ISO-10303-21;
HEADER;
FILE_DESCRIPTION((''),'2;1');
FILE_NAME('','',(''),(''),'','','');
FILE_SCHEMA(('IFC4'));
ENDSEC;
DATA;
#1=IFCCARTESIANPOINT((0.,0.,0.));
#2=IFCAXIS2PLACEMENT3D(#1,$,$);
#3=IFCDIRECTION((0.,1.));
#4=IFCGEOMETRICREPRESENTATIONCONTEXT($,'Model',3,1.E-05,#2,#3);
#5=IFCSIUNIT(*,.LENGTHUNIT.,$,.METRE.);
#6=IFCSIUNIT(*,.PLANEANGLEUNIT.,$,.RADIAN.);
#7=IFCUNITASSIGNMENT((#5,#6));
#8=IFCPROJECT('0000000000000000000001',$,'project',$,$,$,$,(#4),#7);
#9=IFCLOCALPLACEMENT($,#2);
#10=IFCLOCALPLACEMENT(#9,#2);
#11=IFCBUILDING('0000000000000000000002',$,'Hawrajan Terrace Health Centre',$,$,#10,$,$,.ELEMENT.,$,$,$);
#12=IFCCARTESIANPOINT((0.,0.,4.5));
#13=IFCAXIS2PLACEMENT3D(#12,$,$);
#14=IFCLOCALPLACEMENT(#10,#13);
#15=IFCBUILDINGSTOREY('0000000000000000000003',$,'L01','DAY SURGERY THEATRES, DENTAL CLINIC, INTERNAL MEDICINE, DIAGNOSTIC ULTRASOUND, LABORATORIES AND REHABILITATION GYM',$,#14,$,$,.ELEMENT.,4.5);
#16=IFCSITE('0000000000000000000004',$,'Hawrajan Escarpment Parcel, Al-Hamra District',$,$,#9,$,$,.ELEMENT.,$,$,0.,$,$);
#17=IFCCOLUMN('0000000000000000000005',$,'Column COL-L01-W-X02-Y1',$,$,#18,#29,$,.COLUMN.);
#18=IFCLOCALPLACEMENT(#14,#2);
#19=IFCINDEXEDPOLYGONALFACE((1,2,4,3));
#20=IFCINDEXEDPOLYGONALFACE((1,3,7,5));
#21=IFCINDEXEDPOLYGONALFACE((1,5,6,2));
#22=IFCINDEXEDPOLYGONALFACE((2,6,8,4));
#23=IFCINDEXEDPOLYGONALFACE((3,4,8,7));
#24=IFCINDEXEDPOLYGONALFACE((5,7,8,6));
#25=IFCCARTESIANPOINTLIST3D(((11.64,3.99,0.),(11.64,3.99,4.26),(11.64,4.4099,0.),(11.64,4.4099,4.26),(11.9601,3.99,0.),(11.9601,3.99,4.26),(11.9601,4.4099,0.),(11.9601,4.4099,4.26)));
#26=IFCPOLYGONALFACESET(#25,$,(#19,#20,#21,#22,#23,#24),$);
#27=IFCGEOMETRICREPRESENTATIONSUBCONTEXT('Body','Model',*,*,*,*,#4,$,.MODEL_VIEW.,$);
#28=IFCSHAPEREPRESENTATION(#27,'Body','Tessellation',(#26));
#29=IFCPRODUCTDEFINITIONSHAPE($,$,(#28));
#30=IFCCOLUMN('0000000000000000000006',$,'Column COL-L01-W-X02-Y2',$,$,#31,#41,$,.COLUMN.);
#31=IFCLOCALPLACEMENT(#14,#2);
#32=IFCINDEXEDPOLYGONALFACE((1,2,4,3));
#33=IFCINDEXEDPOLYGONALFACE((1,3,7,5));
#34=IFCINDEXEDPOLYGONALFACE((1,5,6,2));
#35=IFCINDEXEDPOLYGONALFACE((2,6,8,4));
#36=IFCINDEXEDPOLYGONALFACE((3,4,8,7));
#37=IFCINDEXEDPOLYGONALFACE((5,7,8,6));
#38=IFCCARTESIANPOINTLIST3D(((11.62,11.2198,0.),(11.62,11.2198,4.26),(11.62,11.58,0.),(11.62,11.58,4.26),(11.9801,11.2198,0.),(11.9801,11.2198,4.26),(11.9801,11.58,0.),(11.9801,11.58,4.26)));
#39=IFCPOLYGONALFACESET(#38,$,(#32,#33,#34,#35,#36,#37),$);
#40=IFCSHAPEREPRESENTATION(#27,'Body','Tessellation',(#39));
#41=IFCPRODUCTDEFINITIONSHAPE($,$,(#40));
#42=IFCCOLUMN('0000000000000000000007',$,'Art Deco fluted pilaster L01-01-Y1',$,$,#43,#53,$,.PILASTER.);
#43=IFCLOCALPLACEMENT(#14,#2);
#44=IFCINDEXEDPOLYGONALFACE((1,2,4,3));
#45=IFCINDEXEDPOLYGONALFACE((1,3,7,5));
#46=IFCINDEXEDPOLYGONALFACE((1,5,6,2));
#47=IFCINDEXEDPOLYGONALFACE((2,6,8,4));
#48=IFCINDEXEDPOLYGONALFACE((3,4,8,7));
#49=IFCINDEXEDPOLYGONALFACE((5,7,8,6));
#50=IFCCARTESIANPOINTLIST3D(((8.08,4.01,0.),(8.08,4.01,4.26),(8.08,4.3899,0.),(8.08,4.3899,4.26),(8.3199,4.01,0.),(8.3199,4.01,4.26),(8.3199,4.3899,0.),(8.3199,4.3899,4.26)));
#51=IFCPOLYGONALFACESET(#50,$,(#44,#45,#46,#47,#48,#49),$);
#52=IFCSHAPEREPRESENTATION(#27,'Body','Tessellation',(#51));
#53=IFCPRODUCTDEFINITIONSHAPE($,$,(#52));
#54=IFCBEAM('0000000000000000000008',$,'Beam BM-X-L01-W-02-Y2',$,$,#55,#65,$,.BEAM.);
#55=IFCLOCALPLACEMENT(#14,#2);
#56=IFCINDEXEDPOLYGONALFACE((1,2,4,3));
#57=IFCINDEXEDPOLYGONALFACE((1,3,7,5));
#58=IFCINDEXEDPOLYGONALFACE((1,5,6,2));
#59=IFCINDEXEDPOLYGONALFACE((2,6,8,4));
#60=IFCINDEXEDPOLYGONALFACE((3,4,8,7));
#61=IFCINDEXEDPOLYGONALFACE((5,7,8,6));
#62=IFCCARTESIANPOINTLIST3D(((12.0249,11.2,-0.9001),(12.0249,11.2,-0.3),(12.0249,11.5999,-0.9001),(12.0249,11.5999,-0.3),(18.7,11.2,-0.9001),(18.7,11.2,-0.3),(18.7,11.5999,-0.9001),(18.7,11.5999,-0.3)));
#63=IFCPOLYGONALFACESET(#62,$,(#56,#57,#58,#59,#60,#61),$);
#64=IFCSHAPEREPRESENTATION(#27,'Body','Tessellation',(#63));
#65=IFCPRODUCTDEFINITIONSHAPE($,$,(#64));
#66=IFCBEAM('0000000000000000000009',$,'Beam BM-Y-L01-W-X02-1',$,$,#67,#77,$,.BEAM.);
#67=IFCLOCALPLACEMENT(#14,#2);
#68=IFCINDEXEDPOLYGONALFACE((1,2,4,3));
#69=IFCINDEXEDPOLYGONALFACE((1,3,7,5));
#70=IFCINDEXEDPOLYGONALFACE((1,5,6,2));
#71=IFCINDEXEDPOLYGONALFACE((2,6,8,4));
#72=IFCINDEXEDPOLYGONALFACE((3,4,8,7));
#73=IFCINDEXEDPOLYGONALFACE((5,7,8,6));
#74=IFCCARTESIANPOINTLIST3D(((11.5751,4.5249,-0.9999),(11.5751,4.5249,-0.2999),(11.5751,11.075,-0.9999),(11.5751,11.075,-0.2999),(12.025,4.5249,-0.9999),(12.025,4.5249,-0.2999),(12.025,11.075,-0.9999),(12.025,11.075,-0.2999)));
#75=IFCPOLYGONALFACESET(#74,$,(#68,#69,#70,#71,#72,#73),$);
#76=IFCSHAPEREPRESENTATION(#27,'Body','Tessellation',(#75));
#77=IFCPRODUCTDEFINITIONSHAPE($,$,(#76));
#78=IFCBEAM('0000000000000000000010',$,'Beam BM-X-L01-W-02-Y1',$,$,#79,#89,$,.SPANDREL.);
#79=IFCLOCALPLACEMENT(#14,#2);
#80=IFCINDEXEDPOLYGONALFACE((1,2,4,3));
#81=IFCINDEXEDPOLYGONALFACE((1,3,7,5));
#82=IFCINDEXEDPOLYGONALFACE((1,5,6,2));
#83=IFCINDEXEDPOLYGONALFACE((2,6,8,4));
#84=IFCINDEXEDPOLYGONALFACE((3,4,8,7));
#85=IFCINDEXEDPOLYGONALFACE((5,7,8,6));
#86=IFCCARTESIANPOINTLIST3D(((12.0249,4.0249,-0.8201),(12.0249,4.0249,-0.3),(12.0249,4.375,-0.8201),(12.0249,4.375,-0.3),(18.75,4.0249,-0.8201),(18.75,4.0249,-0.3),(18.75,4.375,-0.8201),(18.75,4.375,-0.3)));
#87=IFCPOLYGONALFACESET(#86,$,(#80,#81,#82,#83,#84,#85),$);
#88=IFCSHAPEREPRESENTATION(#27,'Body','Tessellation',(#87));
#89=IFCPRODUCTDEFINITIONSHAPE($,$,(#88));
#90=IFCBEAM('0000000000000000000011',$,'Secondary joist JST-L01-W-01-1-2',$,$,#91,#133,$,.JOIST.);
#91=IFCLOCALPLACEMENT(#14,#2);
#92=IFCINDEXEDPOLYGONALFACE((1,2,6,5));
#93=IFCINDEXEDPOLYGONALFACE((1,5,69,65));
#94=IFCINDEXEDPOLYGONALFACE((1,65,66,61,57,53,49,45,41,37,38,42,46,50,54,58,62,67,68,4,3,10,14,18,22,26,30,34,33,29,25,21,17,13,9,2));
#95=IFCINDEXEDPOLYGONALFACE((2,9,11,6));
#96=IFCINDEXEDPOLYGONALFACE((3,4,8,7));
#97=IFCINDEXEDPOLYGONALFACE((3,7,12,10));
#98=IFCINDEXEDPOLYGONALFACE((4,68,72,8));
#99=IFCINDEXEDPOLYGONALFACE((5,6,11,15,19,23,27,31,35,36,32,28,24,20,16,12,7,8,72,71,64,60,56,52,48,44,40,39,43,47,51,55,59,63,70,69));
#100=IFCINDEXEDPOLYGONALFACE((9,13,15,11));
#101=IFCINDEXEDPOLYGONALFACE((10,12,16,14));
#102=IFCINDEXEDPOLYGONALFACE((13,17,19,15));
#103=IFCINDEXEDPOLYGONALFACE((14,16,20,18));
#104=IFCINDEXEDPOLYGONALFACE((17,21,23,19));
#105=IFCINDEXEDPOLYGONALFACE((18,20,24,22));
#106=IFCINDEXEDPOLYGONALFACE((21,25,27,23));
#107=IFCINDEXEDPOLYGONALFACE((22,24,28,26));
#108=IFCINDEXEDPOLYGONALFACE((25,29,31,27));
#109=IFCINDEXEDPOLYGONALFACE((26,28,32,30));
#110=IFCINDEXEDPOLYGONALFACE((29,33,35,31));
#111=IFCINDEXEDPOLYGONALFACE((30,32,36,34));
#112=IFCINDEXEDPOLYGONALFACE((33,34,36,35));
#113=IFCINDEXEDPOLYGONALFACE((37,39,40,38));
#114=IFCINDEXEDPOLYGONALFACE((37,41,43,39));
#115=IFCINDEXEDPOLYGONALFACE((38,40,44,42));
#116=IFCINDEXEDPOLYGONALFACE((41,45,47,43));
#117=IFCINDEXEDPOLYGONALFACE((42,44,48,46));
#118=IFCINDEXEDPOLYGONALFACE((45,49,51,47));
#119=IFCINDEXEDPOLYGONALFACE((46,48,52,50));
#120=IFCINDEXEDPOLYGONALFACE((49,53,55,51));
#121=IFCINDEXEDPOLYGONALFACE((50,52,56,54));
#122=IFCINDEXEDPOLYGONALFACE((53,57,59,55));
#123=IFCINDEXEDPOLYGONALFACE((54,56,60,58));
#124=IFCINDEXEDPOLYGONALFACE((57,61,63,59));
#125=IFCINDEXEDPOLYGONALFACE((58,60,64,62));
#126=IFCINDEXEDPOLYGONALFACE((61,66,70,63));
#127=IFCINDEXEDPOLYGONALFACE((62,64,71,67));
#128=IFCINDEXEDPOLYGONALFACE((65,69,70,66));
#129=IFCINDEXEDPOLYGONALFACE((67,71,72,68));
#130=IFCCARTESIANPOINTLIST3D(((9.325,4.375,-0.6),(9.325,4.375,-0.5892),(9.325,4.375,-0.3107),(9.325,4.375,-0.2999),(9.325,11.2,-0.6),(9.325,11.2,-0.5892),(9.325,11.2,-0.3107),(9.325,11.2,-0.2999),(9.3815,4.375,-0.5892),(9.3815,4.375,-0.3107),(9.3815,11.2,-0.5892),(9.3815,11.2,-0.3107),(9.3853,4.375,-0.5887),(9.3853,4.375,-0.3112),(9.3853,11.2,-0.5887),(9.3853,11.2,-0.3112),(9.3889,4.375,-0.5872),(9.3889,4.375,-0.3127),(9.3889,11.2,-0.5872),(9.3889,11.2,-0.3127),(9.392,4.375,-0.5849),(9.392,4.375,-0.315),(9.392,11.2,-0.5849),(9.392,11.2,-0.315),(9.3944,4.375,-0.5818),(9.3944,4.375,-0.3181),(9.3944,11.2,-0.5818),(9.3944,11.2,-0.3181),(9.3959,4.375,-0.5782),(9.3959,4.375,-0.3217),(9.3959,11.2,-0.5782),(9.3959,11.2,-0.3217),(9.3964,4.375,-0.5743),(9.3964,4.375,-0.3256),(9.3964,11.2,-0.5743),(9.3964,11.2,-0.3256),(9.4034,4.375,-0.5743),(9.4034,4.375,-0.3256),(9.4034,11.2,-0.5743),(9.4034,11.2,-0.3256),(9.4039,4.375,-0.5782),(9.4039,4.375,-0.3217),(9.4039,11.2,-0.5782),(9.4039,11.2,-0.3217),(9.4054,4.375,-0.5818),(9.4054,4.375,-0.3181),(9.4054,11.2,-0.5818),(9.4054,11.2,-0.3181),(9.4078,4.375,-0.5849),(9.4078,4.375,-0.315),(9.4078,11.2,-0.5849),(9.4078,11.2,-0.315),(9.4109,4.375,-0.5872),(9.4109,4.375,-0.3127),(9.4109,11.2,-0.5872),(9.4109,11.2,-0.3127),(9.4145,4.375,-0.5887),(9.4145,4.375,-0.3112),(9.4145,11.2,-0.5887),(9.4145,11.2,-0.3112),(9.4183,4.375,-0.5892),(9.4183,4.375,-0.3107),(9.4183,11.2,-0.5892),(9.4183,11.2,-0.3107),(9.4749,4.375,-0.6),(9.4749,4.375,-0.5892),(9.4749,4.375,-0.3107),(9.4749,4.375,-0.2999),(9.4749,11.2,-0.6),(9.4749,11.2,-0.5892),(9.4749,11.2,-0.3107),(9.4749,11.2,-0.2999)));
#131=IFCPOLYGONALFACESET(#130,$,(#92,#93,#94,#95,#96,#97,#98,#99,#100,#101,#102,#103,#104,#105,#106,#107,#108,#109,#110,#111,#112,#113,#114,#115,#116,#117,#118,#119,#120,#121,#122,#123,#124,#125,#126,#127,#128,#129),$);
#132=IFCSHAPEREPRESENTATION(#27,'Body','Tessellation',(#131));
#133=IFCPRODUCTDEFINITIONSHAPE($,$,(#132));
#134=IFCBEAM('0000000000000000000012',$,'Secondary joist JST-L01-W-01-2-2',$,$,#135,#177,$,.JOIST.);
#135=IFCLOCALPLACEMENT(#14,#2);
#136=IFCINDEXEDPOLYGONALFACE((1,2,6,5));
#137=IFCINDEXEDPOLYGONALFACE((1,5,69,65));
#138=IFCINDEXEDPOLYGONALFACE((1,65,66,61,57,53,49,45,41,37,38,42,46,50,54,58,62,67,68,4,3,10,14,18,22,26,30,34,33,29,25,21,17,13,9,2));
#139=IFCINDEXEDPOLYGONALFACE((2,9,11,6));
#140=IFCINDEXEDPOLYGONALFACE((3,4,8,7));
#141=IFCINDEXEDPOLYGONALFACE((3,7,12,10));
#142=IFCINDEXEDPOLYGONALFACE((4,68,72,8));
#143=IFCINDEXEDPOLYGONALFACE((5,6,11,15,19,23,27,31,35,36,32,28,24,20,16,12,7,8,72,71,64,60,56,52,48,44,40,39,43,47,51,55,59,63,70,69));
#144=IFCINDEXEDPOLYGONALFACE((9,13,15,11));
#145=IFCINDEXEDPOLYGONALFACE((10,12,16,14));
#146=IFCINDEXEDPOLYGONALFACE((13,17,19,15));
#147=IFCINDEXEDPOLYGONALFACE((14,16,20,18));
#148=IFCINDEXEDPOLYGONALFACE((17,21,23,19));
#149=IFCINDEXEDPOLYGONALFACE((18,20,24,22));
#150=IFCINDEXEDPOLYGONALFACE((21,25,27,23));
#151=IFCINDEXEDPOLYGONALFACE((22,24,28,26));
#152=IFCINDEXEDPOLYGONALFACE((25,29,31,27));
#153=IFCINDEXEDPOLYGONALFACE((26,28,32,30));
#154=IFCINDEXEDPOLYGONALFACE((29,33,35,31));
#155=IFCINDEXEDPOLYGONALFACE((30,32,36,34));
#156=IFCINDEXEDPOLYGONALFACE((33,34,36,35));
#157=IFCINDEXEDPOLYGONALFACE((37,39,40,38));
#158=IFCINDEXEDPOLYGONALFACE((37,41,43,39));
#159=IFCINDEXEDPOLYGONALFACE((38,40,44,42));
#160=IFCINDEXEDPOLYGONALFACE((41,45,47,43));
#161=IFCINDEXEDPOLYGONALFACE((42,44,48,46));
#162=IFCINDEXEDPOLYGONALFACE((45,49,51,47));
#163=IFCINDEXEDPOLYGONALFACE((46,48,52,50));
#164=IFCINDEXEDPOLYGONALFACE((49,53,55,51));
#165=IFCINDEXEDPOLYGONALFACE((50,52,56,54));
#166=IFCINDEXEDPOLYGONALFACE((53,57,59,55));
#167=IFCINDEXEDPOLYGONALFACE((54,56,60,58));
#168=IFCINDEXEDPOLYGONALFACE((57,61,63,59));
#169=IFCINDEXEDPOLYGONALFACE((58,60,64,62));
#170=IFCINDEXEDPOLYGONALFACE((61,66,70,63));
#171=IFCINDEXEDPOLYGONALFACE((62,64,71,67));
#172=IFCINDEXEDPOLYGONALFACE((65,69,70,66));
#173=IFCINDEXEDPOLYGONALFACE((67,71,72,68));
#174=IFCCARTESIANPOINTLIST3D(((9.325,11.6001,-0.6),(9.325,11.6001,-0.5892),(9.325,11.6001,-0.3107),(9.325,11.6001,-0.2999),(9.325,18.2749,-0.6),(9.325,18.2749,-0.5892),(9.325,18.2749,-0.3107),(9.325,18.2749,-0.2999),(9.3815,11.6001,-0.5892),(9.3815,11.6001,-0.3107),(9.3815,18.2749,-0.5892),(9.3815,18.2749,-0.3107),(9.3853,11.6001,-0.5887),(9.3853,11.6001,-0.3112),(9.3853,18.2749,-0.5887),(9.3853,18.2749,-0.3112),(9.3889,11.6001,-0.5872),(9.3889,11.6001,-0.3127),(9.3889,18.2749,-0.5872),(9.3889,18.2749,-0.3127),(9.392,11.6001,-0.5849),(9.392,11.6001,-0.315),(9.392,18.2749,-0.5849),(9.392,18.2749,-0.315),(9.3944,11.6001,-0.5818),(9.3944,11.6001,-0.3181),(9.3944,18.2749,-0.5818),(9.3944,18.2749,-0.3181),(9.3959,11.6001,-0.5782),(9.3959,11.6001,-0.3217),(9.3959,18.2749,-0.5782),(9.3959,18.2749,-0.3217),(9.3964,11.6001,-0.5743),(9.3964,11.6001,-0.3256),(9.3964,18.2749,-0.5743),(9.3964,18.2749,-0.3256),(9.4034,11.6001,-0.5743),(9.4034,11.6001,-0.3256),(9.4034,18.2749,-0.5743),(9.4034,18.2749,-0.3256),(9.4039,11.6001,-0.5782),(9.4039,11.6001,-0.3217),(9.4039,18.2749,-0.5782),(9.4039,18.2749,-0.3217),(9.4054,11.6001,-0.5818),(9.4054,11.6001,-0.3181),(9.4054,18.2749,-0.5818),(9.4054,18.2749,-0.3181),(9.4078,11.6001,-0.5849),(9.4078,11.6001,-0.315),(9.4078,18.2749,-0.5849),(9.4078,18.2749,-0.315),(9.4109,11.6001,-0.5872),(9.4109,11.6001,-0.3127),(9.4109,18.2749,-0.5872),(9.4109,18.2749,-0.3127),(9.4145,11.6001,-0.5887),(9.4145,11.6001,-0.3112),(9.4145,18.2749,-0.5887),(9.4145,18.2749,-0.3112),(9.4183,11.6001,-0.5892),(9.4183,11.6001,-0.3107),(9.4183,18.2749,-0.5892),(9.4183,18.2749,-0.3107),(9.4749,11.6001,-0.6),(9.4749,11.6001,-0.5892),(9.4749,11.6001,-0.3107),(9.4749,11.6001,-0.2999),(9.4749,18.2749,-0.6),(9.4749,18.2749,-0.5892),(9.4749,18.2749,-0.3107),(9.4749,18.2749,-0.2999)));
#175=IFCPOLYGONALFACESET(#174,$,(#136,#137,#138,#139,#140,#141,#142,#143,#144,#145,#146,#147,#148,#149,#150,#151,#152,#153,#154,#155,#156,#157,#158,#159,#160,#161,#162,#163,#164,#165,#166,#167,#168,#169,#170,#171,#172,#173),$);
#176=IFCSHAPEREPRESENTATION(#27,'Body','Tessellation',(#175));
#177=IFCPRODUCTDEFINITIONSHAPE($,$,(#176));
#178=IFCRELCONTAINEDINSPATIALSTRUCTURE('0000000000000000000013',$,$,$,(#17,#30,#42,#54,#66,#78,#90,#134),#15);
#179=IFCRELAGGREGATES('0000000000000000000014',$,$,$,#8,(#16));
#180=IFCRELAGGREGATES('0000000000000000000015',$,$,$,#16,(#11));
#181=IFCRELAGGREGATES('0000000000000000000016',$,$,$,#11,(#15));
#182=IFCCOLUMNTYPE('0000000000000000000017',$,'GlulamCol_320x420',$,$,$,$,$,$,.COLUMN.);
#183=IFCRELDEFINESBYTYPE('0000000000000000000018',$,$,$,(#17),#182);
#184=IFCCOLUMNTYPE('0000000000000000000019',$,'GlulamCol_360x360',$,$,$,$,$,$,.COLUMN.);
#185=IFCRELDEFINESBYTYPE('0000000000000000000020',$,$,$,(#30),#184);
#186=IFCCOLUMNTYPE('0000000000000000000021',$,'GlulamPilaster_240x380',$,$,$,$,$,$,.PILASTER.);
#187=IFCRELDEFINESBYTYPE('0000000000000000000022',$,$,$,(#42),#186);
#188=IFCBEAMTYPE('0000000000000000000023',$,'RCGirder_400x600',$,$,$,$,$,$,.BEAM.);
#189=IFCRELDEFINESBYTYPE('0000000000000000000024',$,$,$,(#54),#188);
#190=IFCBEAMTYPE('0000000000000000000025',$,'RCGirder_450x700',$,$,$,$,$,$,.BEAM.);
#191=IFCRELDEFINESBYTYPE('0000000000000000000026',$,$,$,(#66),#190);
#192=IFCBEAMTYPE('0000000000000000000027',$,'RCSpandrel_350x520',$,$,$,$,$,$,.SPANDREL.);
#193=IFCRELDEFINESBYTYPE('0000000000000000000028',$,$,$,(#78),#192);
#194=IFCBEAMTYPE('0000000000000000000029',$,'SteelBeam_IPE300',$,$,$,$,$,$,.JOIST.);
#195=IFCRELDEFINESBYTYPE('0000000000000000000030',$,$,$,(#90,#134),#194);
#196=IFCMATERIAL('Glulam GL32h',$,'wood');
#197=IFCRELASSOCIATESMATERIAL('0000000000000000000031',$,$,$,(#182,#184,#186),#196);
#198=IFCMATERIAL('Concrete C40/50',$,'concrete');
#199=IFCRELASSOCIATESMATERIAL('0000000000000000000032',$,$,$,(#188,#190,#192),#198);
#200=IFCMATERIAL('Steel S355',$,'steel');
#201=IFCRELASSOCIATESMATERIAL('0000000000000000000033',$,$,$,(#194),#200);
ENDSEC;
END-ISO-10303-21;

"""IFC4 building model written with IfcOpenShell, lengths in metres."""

from ifc_helpers import new_model, si_unit, direction, frame, origin, origin_2d, place, context, subcontext, project, spatial, rectangle, i_section, extrude, material, material_profile, profile_set, type_object, element, save


model = new_model("IFC4")

# Units and contexts
model_context = context("Model", 3, precision=1e-05, world=origin(), true_north=direction((0.0, 1.0)))
body_context = subcontext(model_context, "Body", "Model", "MODEL_VIEW")
ifc_project = project(units=[si_unit("LENGTHUNIT", "METRE"), si_unit("PLANEANGLEUNIT", "RADIAN")], contexts=[model_context])

# Site, building, storey
site_placement = place(None, origin())
site = spatial("IfcSite", under=ifc_project, at=site_placement, Name="Hawrajan Escarpment Parcel, Al-Hamra District", CompositionType="ELEMENT", RefElevation=0.0)
building_placement = place(site_placement, origin())
building = spatial("IfcBuilding", under=site, at=building_placement, Name="Hawrajan Terrace Health Centre", CompositionType="ELEMENT")
storey_placement = place(building_placement, frame((0.0, 0.0, 4.5)))
storey = spatial("IfcBuildingStorey", under=building, at=storey_placement, Name="L01", Description="DAY SURGERY THEATRES, DENTAL CLINIC, INTERNAL MEDICINE, DIAGNOSTIC ULTRASOUND, LABORATORIES AND REHABILITATION GYM", CompositionType="ELEMENT", Elevation=4.5)

# Columns
ifc_material_1 = material(Name="Glulam GL32h", Category="wood")
ifc_material_profile_1 = material_profile(ifc_material_1, rectangle(XDim=0.3201, YDim=0.4199, at=origin_2d()), Name="GL 320x420")
ifc_profile_set_1 = profile_set([ifc_material_profile_1], Name="Glulam GL32h")
column_type_1 = type_object("IfcColumnType", Name="GlulamCol_320x420", PredefinedType="COLUMN", material=ifc_profile_set_1)
column_1_placement = place(storey_placement, frame((11.8, 4.2, 0.0), z_axis=(0.0, 0.0, 1.0), x_axis=(1.0, 0.0, 0.0)))
element("IfcColumn", 1, at=column_1_placement, inside=storey, type_object=column_type_1, Name="Column COL-L01-W-X02-Y1", PredefinedType="COLUMN", context=body_context, shape_type="SweptSolid", body=[
    extrude(rectangle(XDim=0.3201, YDim=0.4199, at=origin_2d()), origin(), (0.0, 0.0, 1.0), 4.26),
])
ifc_material_profile_2 = material_profile(ifc_material_1, rectangle(XDim=0.3601, YDim=0.3601, at=origin_2d()), Name="GL 360x360")
ifc_profile_set_2 = profile_set([ifc_material_profile_2], Name="Glulam GL32h")
column_type_2 = type_object("IfcColumnType", Name="GlulamCol_360x360", PredefinedType="COLUMN", material=ifc_profile_set_2)
column_2_placement = place(storey_placement, frame((11.8, 11.3999, 0.0), z_axis=(0.0, 0.0, 1.0), x_axis=(1.0, 0.0, 0.0)))
element("IfcColumn", 2, at=column_2_placement, inside=storey, type_object=column_type_2, Name="Column COL-L01-W-X02-Y2", PredefinedType="COLUMN", context=body_context, shape_type="SweptSolid", body=[
    extrude(rectangle(XDim=0.3601, YDim=0.3601, at=origin_2d()), origin(), (0.0, 0.0, 1.0), 4.26),
])
ifc_material_profile_3 = material_profile(ifc_material_1, rectangle(XDim=0.24, YDim=0.3799, at=origin_2d()), Name="GL PIL 240x380")
ifc_profile_set_3 = profile_set([ifc_material_profile_3], Name="Glulam GL32h")
column_type_3 = type_object("IfcColumnType", Name="GlulamPilaster_240x380", PredefinedType="PILASTER", material=ifc_profile_set_3)
column_3_placement = place(storey_placement, frame((8.2, 4.2, 0.0), z_axis=(0.0, 0.0, 1.0), x_axis=(1.0, 0.0, 0.0)))
element("IfcColumn", 3, at=column_3_placement, inside=storey, type_object=column_type_3, Name="Art Deco fluted pilaster L01-01-Y1", PredefinedType="PILASTER", context=body_context, shape_type="SweptSolid", body=[
    extrude(rectangle(XDim=0.24, YDim=0.3799, at=origin_2d()), origin(), (0.0, 0.0, 1.0), 4.26),
])

# Beams
ifc_material_2 = material(Name="Concrete C40/50", Category="concrete")
ifc_material_profile_4 = material_profile(ifc_material_2, rectangle(XDim=0.3999, YDim=0.6001, at=origin_2d()), Name="RC BM 400x600")
ifc_profile_set_4 = profile_set([ifc_material_profile_4], Name="Concrete C40/50")
beam_type_1 = type_object("IfcBeamType", Name="RCGirder_400x600", PredefinedType="BEAM", material=ifc_profile_set_4)
beam_1_placement = place(storey_placement, frame((12.0249, 11.3999, -0.6001), z_axis=(1.0, 0.0, 0.0), x_axis=(0.0, 1.0, 0.0)))
element("IfcBeam", 4, at=beam_1_placement, inside=storey, type_object=beam_type_1, Name="Beam BM-X-L01-W-02-Y2", PredefinedType="BEAM", context=body_context, shape_type="SweptSolid", body=[
    extrude(rectangle(XDim=0.3999, YDim=0.6001, at=origin_2d()), origin(), (0.0, 0.0, 1.0), 6.675),
])
ifc_material_profile_5 = material_profile(ifc_material_2, rectangle(XDim=0.45, YDim=0.7, at=origin_2d()), Name="RC BM 450x700")
ifc_profile_set_5 = profile_set([ifc_material_profile_5], Name="Concrete C40/50")
beam_type_2 = type_object("IfcBeamType", Name="RCGirder_450x700", PredefinedType="BEAM", material=ifc_profile_set_5)
beam_2_placement = place(storey_placement, frame((11.8, 4.5249, -0.6499), z_axis=(0.0, 1.0, 0.0), x_axis=(-1.0, 0.0, 0.0)))
element("IfcBeam", 5, at=beam_2_placement, inside=storey, type_object=beam_type_2, Name="Beam BM-Y-L01-W-X02-1", PredefinedType="BEAM", context=body_context, shape_type="SweptSolid", body=[
    extrude(rectangle(XDim=0.45, YDim=0.7, at=origin_2d()), origin(), (0.0, 0.0, 1.0), 6.55),
])
ifc_material_profile_6 = material_profile(ifc_material_2, rectangle(XDim=0.3501, YDim=0.52, at=origin_2d()), Name="RC SP 350x520")
ifc_profile_set_6 = profile_set([ifc_material_profile_6], Name="Concrete C40/50")
beam_type_3 = type_object("IfcBeamType", Name="RCSpandrel_350x520", PredefinedType="SPANDREL", material=ifc_profile_set_6)
beam_3_placement = place(storey_placement, frame((12.0249, 4.2, -0.5601), z_axis=(1.0, 0.0, 0.0), x_axis=(0.0, 1.0, 0.0)))
element("IfcBeam", 6, at=beam_3_placement, inside=storey, type_object=beam_type_3, Name="Beam BM-X-L01-W-02-Y1", PredefinedType="SPANDREL", context=body_context, shape_type="SweptSolid", body=[
    extrude(rectangle(XDim=0.3501, YDim=0.52, at=origin_2d()), origin(), (0.0, 0.0, 1.0), 6.7251),
])
ifc_material_3 = material(Name="Steel S355", Category="steel")
ifc_material_profile_7 = material_profile(ifc_material_3, i_section(OverallWidth=0.1499, OverallDepth=0.3, WebThickness=0.0071, FlangeThickness=0.0107, FilletRadius=0.0149, at=origin_2d()), Name="IPE 300")
ifc_profile_set_7 = profile_set([ifc_material_profile_7], Name="Steel S355")
beam_type_4 = type_object("IfcBeamType", Name="SteelBeam_IPE300", PredefinedType="JOIST", material=ifc_profile_set_7)
beam_4_placement = place(storey_placement, frame((9.3999, 4.375, -0.45), z_axis=(0.0, 1.0, 0.0), x_axis=(-1.0, 0.0, 0.0)))
element("IfcBeam", 7, at=beam_4_placement, inside=storey, type_object=beam_type_4, Name="Secondary joist JST-L01-W-01-1-2", PredefinedType="JOIST", context=body_context, shape_type="SweptSolid", body=[
    extrude(i_section(OverallWidth=0.1499, OverallDepth=0.3, WebThickness=0.0071, FlangeThickness=0.0107, FilletRadius=0.0149, at=origin_2d()), origin(), (0.0, 0.0, 1.0), 6.825),
])
beam_5_placement = place(storey_placement, frame((9.3999, 11.6001, -0.45), z_axis=(0.0, 1.0, 0.0), x_axis=(-1.0, 0.0, 0.0)))
element("IfcBeam", 8, at=beam_5_placement, inside=storey, type_object=beam_type_4, Name="Secondary joist JST-L01-W-01-2-2", PredefinedType="JOIST", context=body_context, shape_type="SweptSolid", body=[
    extrude(i_section(OverallWidth=0.1499, OverallDepth=0.3, WebThickness=0.0071, FlangeThickness=0.0107, FilletRadius=0.0149, at=origin_2d()), origin(), (0.0, 0.0, 1.0), 6.6748),
])

save(model, "model.ifc")
